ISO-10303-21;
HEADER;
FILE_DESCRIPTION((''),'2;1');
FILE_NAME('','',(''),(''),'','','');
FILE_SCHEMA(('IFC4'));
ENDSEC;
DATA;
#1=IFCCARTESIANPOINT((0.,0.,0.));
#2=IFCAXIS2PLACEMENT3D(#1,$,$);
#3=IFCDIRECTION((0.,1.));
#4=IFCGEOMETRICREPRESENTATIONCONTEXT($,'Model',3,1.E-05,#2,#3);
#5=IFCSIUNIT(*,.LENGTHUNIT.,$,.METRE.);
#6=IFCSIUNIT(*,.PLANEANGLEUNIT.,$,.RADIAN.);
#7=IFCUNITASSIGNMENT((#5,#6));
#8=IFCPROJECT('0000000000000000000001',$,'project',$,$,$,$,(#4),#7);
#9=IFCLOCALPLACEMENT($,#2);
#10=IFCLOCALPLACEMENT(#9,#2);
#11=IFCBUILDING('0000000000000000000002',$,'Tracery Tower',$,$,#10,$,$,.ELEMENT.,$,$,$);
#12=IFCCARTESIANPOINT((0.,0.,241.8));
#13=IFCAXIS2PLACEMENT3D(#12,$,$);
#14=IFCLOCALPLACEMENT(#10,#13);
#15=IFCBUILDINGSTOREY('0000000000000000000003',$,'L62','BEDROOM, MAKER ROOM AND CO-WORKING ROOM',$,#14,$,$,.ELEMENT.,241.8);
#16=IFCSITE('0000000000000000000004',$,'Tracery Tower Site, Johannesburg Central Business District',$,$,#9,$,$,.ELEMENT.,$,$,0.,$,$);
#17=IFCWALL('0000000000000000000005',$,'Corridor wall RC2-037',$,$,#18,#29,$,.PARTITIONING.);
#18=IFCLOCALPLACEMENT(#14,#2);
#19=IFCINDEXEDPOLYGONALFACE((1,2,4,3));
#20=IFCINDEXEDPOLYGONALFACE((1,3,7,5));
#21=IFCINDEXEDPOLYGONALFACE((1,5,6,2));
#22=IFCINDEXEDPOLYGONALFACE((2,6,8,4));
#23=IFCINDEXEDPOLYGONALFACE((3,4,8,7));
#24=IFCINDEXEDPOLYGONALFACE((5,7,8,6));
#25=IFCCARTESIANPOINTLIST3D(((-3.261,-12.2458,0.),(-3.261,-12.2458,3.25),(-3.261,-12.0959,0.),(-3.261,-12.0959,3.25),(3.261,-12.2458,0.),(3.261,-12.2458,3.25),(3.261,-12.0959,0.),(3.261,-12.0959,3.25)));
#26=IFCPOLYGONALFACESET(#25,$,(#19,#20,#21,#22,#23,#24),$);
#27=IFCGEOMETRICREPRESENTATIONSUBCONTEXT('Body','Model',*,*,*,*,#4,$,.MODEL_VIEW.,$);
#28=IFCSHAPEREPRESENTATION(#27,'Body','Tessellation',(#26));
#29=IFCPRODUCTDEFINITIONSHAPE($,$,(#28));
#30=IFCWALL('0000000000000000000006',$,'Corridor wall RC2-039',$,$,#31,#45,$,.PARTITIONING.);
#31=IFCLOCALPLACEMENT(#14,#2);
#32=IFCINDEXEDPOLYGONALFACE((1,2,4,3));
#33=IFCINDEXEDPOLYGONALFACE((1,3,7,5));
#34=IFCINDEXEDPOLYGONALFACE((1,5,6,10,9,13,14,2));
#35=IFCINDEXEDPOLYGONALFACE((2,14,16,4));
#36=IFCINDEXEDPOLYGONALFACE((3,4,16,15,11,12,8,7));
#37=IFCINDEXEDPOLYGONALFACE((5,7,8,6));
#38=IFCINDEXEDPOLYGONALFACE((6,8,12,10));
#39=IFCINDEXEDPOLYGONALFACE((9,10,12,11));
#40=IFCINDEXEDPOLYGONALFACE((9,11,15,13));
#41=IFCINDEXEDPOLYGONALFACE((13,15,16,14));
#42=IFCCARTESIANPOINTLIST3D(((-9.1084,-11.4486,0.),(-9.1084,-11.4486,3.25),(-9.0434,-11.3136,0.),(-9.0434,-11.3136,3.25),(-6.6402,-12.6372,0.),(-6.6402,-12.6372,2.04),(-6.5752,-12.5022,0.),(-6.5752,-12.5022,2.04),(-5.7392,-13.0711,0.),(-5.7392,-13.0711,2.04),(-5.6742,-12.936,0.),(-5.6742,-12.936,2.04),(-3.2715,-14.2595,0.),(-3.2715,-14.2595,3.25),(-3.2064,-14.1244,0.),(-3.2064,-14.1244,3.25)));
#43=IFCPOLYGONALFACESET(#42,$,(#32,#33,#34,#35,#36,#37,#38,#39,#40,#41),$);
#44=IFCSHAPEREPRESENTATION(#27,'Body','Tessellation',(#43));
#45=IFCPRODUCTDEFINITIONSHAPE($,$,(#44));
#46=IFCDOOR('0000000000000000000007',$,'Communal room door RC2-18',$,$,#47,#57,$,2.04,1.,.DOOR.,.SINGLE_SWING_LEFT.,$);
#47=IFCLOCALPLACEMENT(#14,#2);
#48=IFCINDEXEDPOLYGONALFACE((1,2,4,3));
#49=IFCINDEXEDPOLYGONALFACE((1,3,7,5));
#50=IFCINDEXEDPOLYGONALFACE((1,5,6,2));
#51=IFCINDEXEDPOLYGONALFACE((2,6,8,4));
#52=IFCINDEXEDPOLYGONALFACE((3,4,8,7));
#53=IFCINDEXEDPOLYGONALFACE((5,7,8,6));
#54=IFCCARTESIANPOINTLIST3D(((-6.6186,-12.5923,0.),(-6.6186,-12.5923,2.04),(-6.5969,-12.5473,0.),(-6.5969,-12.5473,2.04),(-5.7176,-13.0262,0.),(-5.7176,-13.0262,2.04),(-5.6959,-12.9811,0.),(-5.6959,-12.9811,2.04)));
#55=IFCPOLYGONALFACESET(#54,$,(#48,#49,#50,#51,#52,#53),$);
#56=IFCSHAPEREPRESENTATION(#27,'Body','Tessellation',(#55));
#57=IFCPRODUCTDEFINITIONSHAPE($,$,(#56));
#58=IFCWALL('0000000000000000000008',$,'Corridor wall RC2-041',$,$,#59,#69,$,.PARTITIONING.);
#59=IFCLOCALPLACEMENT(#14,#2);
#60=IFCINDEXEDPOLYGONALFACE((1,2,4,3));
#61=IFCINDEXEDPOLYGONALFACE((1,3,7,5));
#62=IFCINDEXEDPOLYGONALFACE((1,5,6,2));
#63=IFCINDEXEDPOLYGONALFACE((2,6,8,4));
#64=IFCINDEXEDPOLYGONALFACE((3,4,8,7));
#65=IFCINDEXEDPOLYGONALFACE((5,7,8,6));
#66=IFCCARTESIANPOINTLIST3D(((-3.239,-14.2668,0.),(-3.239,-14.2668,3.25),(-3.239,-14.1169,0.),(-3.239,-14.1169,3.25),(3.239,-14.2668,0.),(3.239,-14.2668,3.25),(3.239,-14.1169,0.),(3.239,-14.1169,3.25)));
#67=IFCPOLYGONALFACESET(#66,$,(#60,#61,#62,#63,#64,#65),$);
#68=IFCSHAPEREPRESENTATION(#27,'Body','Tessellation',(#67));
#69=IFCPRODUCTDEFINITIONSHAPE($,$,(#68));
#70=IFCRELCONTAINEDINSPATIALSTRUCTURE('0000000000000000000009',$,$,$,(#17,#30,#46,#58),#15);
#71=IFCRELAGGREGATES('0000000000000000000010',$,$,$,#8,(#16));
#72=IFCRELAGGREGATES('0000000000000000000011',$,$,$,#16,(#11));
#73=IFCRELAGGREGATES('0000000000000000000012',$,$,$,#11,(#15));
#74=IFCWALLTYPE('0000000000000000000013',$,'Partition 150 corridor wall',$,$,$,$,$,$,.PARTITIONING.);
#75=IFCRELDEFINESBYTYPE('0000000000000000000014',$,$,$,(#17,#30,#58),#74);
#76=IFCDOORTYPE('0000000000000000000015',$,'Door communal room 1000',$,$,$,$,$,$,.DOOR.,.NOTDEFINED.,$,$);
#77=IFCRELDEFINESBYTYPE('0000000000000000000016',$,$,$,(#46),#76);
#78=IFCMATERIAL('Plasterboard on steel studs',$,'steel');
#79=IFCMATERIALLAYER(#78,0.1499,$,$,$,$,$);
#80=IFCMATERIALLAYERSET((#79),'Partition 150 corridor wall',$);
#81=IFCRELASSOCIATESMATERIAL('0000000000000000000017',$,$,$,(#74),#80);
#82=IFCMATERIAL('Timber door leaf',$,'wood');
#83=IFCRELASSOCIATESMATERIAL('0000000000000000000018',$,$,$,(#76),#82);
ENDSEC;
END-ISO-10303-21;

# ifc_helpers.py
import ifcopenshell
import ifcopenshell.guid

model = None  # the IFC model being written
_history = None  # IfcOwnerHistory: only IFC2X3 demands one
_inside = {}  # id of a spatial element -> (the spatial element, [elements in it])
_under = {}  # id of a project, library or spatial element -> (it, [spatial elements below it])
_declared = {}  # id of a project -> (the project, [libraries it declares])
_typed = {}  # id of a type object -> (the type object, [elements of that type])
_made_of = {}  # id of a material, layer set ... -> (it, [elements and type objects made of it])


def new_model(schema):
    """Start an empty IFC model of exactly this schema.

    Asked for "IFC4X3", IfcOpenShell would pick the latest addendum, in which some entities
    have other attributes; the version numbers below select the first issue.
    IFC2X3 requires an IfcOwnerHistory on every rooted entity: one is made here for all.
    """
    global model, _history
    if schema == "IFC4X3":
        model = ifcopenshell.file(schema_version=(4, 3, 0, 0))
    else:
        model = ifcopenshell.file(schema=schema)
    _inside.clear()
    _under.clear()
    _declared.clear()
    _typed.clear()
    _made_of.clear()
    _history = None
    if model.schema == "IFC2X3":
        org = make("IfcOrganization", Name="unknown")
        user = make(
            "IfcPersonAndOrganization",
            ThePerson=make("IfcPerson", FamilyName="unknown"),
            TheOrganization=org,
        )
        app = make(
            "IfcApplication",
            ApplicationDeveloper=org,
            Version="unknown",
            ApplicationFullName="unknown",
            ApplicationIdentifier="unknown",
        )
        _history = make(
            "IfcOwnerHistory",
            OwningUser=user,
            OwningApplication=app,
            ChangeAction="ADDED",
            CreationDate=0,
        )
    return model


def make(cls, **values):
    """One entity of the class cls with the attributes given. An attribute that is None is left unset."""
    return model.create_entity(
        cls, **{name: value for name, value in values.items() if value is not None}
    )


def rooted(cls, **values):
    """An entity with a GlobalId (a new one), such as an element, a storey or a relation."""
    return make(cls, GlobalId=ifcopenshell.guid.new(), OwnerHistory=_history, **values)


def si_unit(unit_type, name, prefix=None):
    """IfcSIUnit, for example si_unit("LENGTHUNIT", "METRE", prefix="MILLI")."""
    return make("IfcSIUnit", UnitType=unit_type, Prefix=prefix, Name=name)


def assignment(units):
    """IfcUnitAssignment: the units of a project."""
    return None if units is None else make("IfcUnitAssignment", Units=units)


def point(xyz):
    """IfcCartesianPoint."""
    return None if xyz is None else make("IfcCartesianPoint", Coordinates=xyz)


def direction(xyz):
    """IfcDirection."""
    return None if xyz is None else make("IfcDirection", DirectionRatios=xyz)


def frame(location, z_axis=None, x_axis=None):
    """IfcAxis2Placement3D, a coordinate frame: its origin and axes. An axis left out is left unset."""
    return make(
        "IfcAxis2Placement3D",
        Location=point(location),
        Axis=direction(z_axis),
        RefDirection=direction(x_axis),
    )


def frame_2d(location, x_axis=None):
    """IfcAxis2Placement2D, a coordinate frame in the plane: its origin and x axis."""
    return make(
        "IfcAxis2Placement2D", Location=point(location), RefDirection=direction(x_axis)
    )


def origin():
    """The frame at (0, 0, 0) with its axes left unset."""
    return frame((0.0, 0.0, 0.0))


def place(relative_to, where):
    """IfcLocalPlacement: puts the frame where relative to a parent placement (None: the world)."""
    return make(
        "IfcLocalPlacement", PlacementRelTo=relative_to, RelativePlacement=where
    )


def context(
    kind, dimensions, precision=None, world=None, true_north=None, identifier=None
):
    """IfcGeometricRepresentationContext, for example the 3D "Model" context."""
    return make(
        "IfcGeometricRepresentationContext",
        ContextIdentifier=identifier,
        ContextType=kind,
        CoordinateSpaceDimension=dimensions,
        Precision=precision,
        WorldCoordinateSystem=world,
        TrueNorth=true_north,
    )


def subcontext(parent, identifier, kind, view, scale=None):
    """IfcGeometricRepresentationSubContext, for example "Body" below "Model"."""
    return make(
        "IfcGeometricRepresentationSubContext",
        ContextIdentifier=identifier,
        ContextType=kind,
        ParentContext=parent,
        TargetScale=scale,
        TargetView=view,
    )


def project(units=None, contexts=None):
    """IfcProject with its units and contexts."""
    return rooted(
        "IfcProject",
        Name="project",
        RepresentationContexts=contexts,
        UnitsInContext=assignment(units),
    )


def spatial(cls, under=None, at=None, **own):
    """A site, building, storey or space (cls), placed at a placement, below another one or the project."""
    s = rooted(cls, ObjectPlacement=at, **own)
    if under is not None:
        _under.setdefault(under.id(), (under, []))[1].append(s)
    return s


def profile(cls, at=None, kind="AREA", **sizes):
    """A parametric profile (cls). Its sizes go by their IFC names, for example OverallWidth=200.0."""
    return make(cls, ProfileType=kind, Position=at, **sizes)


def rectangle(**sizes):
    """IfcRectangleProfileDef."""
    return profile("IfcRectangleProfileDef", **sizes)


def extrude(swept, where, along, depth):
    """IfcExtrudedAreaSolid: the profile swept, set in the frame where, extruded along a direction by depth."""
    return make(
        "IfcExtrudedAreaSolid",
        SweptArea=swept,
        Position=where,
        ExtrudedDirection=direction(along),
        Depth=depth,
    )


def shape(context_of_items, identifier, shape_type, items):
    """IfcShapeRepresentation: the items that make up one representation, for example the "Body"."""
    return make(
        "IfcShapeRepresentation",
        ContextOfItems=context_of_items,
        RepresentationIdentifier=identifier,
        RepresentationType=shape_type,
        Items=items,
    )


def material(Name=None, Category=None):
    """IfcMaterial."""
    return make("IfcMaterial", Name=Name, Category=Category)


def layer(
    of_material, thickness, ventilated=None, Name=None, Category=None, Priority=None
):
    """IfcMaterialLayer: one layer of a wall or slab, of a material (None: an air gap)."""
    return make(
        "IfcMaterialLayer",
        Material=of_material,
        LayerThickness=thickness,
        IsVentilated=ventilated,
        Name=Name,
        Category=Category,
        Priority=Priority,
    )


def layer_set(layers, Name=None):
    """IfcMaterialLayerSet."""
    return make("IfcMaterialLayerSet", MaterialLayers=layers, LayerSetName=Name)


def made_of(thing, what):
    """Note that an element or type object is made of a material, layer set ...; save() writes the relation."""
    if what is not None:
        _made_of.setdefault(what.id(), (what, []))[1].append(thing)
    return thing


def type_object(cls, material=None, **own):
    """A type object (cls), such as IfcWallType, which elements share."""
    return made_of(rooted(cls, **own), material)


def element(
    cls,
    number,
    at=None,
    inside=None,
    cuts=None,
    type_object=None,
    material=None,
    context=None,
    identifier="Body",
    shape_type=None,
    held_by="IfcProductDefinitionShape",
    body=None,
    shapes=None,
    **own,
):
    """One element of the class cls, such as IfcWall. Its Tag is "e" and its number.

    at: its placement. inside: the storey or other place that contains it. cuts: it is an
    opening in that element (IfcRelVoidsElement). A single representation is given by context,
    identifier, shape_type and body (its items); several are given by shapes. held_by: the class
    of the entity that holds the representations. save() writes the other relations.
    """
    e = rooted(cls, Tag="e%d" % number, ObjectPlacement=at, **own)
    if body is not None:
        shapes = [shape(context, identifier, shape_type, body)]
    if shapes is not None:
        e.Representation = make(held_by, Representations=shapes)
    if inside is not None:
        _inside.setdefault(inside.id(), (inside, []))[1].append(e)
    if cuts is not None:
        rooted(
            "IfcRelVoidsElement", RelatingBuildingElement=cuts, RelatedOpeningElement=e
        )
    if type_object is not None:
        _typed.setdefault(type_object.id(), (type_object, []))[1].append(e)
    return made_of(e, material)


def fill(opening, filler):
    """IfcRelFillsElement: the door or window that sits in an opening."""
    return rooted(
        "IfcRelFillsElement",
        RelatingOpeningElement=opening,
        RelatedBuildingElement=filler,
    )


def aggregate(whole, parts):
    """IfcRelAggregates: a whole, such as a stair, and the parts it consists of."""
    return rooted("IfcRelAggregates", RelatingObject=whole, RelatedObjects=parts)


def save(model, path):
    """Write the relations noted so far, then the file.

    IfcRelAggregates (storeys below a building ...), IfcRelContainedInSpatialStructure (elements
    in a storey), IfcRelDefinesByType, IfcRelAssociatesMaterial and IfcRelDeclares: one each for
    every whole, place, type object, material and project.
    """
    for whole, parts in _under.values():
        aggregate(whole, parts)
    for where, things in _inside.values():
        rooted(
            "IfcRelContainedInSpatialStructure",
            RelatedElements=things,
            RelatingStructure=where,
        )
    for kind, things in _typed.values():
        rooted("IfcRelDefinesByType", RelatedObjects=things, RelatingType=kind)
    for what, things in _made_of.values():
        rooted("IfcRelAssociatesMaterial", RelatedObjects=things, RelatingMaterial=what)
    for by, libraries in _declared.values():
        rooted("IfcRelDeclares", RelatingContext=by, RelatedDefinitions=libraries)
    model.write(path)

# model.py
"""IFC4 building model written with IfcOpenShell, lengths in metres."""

from ifc_helpers import new_model, si_unit, direction, frame, frame_2d, origin, place, context, subcontext, project, spatial, rectangle, extrude, material, layer, layer_set, type_object, element, fill, save


model = new_model("IFC4")

# Units and contexts
model_context = context("Model", 3, precision=1e-05, world=origin(), true_north=direction((0.0, 1.0)))
body_context = subcontext(model_context, "Body", "Model", "MODEL_VIEW")
ifc_project = project(units=[si_unit("LENGTHUNIT", "METRE"), si_unit("PLANEANGLEUNIT", "RADIAN")], contexts=[model_context])

# Site, building, storey
site_placement = place(None, origin())
site = spatial("IfcSite", under=ifc_project, at=site_placement, Name="Tracery Tower Site, Johannesburg Central Business District", CompositionType="ELEMENT", RefElevation=0.0)
building_placement = place(site_placement, origin())
building = spatial("IfcBuilding", under=site, at=building_placement, Name="Tracery Tower", CompositionType="ELEMENT")
storey_placement = place(building_placement, frame((0.0, 0.0, 241.8)))
storey = spatial("IfcBuildingStorey", under=building, at=storey_placement, Name="L62", Description="BEDROOM, MAKER ROOM AND CO-WORKING ROOM", CompositionType="ELEMENT", Elevation=241.8)

# Shared definitions
ifc_material_1 = material(Name="Plasterboard on steel studs", Category="steel")
ifc_layer_1 = layer(ifc_material_1, 0.1499)
ifc_layer_set_1 = layer_set([ifc_layer_1], Name="Partition 150 corridor wall")
wall_type_1 = type_object("IfcWallType", Name="Partition 150 corridor wall", PredefinedType="PARTITIONING", material=ifc_layer_set_1)
ifc_material_2 = material(Name="Timber door leaf", Category="wood")
door_type = type_object("IfcDoorType", Name="Door communal room 1000", OperationType="NOTDEFINED", PredefinedType="DOOR", material=ifc_material_2)

# Wall
wall_1_placement = place(storey_placement, frame((-3.261, -12.1709, 0.0), z_axis=(0.0, 0.0, 1.0), x_axis=(1.0, 0.0, 0.0)))
element("IfcWall", 1, at=wall_1_placement, inside=storey, type_object=wall_type_1, Name="Corridor wall RC2-037", PredefinedType="PARTITIONING", context=body_context, shape_type="SweptSolid", body=[
    extrude(rectangle(XDim=6.522, YDim=0.1499, at=frame_2d((3.261, 0.0))), origin(), (0.0, 0.0, 1.0), 3.25),
])

# Wall, opening, door
wall_2_placement = place(storey_placement, frame((-9.0759, -11.3811, 0.0), z_axis=(0.0, 0.0, 1.0), x_axis=(0.900976, -0.433869, 0.0)))
wall_2 = element("IfcWall", 2, at=wall_2_placement, inside=storey, type_object=wall_type_1, Name="Corridor wall RC2-039", PredefinedType="PARTITIONING", context=body_context, shape_type="SweptSolid", body=[
    extrude(rectangle(XDim=6.4785, YDim=0.1499, at=frame_2d((3.2393, 0.0))), origin(), (0.0, 0.0, 1.0), 3.25),
])
opening_1_placement = place(wall_2_placement, frame((2.7395, 0.0, 0.0)))
opening_1 = element("IfcOpeningElement", 3, at=opening_1_placement, cuts=wall_2, PredefinedType="OPENING", context=body_context, shape_type="SweptSolid", body=[
    extrude(rectangle(XDim=1.0, YDim=2.04, at=frame_2d((0.5, 1.02))), frame((0.0, 0.075, 0.0), z_axis=(0.0, -1.0, 0.0), x_axis=(1.0, 0.0, 0.0)), (0.0, 0.0, 1.0), 0.1499),
])
door_1_placement = place(opening_1_placement, origin())
door_1 = element("IfcDoor", 4, at=door_1_placement, inside=storey, type_object=door_type, Name="Communal room door RC2-18", OperationType="SINGLE_SWING_LEFT", OverallHeight=2.04, OverallWidth=1.0, PredefinedType="DOOR", context=body_context, shape_type="SweptSolid", body=[
    extrude(rectangle(XDim=1.0, YDim=2.04, at=frame_2d((0.5, 1.02))), frame((0.0, 0.0249, 0.0), z_axis=(0.0, -1.0, 0.0), x_axis=(1.0, 0.0, 0.0)), (0.0, 0.0, 1.0), 0.05),
])
fill(opening_1, door_1)

# Wall
wall_3_placement = place(storey_placement, frame((-3.239, -14.1919, 0.0), z_axis=(0.0, 0.0, 1.0), x_axis=(1.0, 0.0, 0.0)))
element("IfcWall", 5, at=wall_3_placement, inside=storey, type_object=wall_type_1, Name="Corridor wall RC2-041", PredefinedType="PARTITIONING", context=body_context, shape_type="SweptSolid", body=[
    extrude(rectangle(XDim=6.478, YDim=0.1499, at=frame_2d((3.239, 0.0))), origin(), (0.0, 0.0, 1.0), 3.25),
])

save(model, "model.ifc")
